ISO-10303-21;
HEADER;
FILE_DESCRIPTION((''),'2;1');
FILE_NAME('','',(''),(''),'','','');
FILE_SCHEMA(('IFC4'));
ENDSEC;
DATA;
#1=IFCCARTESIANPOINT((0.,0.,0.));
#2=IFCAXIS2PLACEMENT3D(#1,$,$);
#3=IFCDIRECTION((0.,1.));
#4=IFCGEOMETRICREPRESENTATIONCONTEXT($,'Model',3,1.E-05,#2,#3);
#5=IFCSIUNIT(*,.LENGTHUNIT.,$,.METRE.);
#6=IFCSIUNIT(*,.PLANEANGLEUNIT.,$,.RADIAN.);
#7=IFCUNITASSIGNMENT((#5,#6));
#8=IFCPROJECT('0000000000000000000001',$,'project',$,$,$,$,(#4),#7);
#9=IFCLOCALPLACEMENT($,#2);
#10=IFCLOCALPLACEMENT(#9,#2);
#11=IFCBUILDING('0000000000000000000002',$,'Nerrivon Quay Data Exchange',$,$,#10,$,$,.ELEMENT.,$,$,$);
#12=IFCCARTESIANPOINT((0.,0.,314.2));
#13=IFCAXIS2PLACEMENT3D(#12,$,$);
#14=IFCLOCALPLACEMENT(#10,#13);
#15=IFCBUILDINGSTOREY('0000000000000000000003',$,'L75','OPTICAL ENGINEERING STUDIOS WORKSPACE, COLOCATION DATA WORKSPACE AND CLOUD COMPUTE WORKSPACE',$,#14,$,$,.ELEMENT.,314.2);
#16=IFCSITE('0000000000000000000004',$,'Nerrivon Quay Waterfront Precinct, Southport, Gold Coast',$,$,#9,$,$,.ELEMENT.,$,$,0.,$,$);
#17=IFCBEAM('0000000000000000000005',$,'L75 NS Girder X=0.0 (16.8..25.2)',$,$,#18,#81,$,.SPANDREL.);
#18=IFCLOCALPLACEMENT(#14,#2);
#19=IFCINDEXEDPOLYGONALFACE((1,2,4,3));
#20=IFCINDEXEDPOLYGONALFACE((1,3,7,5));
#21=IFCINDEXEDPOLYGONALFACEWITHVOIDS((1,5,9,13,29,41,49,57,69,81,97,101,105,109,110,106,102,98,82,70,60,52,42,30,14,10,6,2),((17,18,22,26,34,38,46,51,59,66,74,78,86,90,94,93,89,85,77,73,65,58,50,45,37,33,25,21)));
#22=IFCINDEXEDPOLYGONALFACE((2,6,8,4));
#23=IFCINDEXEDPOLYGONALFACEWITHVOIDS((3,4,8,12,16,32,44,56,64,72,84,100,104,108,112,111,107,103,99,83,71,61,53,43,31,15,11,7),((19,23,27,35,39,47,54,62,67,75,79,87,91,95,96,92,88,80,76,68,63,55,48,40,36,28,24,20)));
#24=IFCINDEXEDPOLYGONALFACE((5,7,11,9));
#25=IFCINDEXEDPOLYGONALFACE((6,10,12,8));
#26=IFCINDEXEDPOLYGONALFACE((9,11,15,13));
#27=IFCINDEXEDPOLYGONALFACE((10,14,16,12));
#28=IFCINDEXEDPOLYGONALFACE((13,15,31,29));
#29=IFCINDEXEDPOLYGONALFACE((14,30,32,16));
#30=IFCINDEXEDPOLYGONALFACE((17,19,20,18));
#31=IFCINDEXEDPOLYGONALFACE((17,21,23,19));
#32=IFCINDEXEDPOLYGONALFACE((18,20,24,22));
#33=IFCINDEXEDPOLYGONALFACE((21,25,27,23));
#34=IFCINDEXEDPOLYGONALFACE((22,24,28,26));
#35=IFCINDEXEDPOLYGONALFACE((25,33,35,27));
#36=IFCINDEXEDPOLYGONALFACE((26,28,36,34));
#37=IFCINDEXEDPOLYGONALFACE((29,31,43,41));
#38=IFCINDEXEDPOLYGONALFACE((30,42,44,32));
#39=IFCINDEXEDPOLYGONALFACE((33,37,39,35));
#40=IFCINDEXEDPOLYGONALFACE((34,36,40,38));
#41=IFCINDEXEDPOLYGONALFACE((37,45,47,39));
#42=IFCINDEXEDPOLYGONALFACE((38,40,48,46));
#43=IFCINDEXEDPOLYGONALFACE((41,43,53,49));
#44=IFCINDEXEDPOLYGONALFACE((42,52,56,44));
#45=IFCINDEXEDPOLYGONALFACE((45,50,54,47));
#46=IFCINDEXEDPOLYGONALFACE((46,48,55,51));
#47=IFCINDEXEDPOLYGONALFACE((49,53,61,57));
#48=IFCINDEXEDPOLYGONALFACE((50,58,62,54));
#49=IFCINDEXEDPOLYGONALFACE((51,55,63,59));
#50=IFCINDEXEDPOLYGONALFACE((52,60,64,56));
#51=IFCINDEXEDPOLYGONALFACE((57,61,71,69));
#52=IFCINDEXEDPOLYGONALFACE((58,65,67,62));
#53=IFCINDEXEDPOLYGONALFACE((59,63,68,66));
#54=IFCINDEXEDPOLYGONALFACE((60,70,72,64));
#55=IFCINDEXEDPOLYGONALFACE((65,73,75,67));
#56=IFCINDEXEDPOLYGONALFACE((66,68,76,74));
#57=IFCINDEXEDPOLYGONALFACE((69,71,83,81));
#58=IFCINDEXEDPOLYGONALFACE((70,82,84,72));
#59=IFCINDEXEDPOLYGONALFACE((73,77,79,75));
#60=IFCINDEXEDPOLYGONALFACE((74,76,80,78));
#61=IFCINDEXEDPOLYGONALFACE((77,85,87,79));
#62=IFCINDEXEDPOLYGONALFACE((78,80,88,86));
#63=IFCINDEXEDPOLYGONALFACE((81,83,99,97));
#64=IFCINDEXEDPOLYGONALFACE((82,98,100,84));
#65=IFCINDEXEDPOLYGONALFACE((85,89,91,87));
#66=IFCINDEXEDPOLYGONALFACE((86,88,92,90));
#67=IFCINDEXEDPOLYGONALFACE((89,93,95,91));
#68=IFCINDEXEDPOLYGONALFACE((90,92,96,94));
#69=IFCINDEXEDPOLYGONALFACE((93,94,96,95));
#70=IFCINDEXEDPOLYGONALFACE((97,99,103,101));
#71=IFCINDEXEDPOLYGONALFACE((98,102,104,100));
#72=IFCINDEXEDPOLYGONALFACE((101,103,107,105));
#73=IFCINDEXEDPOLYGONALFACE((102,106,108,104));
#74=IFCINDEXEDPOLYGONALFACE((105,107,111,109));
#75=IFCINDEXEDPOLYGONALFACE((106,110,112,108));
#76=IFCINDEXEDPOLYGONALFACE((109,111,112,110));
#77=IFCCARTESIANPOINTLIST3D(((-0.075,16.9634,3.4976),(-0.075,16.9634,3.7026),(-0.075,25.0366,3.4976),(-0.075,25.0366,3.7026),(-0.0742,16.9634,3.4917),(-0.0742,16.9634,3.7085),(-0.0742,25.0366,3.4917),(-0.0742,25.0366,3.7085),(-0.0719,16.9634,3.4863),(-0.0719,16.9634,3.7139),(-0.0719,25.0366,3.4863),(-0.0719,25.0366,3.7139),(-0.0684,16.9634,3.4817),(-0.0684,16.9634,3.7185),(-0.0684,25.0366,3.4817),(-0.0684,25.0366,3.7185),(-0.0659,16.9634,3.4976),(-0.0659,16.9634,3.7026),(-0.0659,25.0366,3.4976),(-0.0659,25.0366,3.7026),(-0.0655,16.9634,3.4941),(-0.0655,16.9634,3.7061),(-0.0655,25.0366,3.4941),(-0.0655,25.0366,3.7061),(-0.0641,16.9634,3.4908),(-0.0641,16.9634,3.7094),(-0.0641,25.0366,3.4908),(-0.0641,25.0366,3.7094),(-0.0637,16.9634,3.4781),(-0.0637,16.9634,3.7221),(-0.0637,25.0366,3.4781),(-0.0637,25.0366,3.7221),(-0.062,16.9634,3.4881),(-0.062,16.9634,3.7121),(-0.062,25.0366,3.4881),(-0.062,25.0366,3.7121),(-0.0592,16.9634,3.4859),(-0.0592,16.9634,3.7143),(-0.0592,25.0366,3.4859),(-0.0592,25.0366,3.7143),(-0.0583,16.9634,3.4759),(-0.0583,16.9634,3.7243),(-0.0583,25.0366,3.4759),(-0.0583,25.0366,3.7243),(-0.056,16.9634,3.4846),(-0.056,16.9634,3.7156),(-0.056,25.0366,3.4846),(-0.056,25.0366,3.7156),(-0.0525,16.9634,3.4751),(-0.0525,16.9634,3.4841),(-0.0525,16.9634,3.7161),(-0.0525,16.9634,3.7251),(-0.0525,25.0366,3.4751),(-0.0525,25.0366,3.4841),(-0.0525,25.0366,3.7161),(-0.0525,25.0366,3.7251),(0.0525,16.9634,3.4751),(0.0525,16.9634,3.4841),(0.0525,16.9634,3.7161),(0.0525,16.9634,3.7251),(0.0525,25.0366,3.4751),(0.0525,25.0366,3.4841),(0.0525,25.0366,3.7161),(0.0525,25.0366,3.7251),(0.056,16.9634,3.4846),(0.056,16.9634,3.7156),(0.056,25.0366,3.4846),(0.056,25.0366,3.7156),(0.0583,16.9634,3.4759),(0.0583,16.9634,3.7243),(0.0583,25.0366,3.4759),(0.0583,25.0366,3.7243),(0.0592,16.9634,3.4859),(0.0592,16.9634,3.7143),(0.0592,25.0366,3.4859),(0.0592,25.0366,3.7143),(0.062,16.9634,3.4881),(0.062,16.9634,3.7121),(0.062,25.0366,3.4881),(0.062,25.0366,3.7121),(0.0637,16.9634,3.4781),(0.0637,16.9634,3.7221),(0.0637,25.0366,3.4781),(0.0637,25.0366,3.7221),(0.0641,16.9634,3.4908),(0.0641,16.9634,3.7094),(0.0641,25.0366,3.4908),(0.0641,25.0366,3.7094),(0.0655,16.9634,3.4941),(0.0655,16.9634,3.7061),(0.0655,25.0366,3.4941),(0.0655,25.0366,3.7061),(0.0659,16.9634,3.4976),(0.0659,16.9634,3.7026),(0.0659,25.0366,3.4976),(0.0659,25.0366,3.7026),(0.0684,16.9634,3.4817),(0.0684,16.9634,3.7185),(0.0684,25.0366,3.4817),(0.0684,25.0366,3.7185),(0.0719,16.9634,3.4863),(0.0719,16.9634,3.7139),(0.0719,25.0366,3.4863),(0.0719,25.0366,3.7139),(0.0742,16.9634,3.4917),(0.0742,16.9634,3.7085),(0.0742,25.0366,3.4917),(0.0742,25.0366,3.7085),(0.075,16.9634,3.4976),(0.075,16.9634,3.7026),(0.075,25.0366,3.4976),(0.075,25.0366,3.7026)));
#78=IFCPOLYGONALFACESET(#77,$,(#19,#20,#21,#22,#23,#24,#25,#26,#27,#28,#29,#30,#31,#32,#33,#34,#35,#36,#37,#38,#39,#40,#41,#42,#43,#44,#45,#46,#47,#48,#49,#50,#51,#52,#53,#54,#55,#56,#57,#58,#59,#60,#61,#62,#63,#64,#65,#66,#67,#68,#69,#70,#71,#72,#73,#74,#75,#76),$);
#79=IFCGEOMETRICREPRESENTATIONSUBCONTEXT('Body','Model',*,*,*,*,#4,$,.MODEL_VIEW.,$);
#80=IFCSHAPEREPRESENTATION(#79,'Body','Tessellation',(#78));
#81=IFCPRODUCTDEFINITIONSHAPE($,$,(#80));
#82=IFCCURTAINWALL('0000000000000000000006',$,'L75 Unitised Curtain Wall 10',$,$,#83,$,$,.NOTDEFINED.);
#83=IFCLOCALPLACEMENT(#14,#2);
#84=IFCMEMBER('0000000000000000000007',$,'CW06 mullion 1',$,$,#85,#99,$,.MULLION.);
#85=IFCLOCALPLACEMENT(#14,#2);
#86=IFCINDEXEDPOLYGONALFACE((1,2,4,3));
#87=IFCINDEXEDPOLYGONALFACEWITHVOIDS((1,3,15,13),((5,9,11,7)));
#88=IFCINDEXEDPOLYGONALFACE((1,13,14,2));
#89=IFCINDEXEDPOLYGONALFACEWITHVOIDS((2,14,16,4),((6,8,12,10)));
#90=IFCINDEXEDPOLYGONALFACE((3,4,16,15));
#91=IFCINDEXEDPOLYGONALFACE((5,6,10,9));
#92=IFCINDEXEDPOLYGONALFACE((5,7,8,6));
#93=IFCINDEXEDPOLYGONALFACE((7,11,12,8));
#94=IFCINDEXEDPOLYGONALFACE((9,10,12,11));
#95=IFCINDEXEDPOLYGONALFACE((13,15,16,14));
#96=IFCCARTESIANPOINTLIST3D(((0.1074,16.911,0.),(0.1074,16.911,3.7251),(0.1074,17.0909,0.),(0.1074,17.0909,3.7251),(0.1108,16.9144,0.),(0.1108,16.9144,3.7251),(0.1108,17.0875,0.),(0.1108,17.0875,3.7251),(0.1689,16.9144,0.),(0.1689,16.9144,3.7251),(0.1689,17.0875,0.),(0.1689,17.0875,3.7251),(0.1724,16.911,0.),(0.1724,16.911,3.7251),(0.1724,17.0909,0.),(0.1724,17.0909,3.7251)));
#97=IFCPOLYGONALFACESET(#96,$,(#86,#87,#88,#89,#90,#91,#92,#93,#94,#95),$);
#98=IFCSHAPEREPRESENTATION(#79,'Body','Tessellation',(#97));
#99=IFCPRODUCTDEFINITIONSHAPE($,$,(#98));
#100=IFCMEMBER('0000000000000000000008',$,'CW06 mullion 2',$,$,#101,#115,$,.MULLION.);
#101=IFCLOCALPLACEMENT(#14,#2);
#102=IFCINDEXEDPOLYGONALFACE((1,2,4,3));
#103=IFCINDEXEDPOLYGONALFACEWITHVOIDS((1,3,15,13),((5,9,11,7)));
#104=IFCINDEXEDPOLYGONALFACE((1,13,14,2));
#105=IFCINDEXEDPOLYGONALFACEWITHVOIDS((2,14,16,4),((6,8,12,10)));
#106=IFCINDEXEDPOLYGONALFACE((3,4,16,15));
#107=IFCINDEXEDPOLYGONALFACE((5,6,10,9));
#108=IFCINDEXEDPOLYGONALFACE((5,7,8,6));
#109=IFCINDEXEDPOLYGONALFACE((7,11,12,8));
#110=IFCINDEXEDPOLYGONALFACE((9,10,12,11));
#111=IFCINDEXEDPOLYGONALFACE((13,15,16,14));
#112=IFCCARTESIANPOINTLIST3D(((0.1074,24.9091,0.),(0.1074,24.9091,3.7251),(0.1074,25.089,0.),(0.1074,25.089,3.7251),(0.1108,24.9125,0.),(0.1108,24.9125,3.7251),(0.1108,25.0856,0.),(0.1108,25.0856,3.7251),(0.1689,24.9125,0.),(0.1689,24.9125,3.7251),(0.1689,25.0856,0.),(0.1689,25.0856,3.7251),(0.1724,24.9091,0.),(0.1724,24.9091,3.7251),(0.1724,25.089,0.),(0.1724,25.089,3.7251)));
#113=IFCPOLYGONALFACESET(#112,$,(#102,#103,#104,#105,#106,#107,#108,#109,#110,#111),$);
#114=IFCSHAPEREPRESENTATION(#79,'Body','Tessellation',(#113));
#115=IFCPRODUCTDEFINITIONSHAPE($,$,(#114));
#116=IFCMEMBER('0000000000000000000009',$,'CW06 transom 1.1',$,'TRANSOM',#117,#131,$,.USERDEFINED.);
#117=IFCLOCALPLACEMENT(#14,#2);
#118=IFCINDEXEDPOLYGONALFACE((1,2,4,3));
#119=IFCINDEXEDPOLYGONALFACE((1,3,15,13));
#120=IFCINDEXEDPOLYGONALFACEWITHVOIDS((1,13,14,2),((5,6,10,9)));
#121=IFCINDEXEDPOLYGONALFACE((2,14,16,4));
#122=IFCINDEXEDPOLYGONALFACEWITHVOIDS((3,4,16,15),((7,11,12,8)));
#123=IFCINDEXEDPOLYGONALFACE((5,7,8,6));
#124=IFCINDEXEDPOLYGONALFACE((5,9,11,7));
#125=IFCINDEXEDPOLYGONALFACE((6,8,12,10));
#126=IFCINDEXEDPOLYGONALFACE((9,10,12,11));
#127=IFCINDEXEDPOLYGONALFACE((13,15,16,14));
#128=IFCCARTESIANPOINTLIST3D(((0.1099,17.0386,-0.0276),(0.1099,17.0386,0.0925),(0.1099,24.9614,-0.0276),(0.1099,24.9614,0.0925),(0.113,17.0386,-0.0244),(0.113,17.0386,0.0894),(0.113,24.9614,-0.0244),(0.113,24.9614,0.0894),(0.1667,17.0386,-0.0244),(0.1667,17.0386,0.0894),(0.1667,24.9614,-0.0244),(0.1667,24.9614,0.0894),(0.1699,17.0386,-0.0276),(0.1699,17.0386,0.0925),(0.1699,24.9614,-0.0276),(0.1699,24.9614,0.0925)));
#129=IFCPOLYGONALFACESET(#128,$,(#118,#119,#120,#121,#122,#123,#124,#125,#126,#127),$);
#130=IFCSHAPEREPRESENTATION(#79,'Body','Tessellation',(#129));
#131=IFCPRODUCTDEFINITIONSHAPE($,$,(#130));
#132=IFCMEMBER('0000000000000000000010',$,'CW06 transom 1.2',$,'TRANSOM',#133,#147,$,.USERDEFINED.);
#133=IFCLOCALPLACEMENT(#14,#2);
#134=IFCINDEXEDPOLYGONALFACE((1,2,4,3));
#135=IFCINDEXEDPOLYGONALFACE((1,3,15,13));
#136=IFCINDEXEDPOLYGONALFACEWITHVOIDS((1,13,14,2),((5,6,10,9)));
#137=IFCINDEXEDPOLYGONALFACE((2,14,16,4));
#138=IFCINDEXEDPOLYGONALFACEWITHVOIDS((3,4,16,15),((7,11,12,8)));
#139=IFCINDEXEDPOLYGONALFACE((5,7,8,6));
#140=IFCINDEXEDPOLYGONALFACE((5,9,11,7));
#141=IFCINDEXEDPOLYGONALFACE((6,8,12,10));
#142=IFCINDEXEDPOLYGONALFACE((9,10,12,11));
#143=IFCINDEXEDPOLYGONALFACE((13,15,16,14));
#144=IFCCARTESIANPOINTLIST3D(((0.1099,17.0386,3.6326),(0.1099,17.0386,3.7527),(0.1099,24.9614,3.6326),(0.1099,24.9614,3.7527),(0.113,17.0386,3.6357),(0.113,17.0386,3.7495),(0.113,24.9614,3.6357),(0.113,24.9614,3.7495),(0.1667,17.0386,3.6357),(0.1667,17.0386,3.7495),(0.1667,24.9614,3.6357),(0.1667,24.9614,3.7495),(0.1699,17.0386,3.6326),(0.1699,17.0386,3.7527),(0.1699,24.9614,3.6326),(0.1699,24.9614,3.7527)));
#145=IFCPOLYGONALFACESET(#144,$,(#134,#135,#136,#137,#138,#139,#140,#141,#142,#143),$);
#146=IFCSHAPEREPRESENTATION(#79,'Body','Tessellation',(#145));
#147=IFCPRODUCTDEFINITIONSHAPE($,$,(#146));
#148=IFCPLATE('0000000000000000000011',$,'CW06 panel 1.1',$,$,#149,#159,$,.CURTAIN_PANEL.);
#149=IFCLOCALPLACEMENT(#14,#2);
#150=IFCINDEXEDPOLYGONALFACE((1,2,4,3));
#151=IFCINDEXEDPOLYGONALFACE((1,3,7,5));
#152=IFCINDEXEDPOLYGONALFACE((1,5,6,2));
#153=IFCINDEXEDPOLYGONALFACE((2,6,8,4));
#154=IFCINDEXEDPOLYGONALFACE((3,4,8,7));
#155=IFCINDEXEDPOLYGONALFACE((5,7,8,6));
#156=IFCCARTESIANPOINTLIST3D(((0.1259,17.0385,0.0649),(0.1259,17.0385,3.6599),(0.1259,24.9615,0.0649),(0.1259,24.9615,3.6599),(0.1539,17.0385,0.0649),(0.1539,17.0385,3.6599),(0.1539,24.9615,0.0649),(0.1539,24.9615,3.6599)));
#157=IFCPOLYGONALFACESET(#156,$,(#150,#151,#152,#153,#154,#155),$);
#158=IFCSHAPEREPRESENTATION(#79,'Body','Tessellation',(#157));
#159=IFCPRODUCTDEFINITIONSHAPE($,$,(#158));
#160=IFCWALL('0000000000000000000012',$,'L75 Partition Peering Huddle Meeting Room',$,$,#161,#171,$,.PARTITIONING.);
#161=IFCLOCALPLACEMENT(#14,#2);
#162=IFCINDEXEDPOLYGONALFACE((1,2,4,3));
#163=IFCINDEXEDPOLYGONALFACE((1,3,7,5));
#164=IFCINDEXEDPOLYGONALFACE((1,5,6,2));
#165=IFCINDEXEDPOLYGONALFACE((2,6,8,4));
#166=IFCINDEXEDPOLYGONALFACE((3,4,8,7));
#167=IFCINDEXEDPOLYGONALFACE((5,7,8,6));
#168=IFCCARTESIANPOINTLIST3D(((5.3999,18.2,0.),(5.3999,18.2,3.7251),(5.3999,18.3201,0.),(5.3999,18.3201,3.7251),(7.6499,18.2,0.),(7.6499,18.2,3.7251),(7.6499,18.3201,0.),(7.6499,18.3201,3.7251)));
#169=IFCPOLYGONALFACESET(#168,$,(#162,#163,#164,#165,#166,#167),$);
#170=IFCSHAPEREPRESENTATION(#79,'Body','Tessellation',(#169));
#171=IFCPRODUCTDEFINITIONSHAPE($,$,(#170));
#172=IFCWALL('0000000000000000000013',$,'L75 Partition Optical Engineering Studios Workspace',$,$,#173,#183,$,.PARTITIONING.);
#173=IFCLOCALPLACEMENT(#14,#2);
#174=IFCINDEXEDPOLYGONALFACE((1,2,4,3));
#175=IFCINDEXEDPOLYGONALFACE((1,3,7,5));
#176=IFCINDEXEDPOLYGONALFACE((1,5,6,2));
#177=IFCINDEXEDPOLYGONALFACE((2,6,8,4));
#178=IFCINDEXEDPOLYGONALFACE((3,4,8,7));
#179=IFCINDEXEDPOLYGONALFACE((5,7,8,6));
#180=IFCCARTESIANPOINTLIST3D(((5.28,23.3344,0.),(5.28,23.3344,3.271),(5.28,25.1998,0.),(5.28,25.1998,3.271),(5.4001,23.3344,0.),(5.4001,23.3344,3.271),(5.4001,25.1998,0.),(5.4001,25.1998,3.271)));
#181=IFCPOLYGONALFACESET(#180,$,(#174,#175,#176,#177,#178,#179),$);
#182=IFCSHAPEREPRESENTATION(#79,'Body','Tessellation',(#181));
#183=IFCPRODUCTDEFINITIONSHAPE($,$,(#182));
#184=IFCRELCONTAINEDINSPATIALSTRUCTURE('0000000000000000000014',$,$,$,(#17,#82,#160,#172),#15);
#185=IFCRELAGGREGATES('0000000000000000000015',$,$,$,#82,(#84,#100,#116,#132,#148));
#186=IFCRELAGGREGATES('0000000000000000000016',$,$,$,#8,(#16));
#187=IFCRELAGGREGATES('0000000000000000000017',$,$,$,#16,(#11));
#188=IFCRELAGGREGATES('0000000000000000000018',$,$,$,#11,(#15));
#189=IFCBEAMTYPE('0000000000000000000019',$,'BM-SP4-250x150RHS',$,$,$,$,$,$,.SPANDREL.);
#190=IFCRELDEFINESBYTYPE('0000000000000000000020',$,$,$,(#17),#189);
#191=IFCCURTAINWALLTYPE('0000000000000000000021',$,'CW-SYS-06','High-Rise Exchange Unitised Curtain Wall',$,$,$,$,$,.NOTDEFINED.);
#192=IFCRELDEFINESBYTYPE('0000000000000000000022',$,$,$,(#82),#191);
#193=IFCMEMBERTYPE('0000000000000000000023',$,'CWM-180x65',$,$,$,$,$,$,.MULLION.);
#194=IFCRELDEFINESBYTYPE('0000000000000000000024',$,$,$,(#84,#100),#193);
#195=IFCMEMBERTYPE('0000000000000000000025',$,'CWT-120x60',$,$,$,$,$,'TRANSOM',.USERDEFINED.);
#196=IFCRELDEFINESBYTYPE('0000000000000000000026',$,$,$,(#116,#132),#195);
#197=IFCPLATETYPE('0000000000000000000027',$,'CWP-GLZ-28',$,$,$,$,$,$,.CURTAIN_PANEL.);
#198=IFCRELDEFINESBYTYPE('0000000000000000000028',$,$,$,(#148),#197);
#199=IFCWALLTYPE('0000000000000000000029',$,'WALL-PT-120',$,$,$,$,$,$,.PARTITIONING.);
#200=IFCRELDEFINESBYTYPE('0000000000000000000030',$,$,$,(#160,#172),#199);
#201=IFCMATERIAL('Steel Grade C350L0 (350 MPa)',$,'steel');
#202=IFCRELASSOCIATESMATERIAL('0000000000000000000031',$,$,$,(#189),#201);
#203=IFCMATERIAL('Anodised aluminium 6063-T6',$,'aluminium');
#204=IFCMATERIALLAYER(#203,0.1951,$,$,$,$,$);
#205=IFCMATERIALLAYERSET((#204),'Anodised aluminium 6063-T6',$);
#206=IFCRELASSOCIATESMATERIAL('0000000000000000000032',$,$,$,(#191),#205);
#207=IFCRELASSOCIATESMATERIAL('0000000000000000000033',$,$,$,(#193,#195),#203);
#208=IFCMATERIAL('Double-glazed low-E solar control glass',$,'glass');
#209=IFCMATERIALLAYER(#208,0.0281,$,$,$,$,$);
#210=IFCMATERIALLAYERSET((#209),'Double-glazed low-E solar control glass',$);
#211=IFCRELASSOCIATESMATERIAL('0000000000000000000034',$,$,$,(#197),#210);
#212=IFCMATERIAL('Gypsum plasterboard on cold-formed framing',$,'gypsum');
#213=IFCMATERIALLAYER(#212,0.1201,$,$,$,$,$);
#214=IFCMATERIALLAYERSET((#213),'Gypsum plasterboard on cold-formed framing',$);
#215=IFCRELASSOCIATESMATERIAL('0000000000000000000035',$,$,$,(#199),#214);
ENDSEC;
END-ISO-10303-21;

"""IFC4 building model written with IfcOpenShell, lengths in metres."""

from ifc_helpers import new_model, si_unit, direction, frame, frame_2d, origin, origin_2d, place, context, subcontext, project, spatial, rectangle, hollow_rectangle, extrude, material, layer, layer_set, material_profile, profile_set, type_object, element, aggregate, save


model = new_model("IFC4")

# Units and contexts
model_context = context("Model", 3, precision=1e-05, world=origin(), true_north=direction((0.0, 1.0)))
body_context = subcontext(model_context, "Body", "Model", "MODEL_VIEW")
ifc_project = project(units=[si_unit("LENGTHUNIT", "METRE"), si_unit("PLANEANGLEUNIT", "RADIAN")], contexts=[model_context])

# Site, building, storey
site_placement = place(None, origin())
site = spatial("IfcSite", under=ifc_project, at=site_placement, Name="Nerrivon Quay Waterfront Precinct, Southport, Gold Coast", CompositionType="ELEMENT", RefElevation=0.0)
building_placement = place(site_placement, origin())
building = spatial("IfcBuilding", under=site, at=building_placement, Name="Nerrivon Quay Data Exchange", CompositionType="ELEMENT")
storey_placement = place(building_placement, frame((0.0, 0.0, 314.2)))
storey = spatial("IfcBuildingStorey", under=building, at=storey_placement, Name="L75", Description="OPTICAL ENGINEERING STUDIOS WORKSPACE, COLOCATION DATA WORKSPACE AND CLOUD COMPUTE WORKSPACE", CompositionType="ELEMENT", Elevation=314.2)

# Beam
ifc_material_1 = material(Name="Steel Grade C350L0 (350 MPa)", Category="steel")
ifc_material_profile_1 = material_profile(ifc_material_1, hollow_rectangle(XDim=0.1499, YDim=0.25, WallThickness=0.009, InnerFilletRadius=0.0134, OuterFilletRadius=0.0225, at=origin_2d()), Name="250x150x9.0RHS")
ifc_profile_set_1 = profile_set([ifc_material_profile_1], Name="Steel Grade C350L0 (350 MPa)")
beam_type_1 = type_object("IfcBeamType", Name="BM-SP4-250x150RHS", PredefinedType="SPANDREL", material=ifc_profile_set_1)
beam_1_placement = place(storey_placement, frame((0.0, 16.9634, 3.6001), z_axis=(0.0, 1.0, 0.0), x_axis=(-1.0, 0.0, 0.0)))
element("IfcBeam", 1, at=beam_1_placement, inside=storey, type_object=beam_type_1, Name="L75 NS Girder X=0.0 (16.8..25.2)", PredefinedType="SPANDREL", context=body_context, shape_type="SweptSolid", body=[
    extrude(hollow_rectangle(XDim=0.1499, YDim=0.25, WallThickness=0.009, InnerFilletRadius=0.0134, OuterFilletRadius=0.0225, at=origin_2d()), origin(), (0.0, 0.0, 1.0), 8.0732),
])

# Curtain wall, members, plate
ifc_material_2 = material(Name="Anodised aluminium 6063-T6", Category="aluminium")
ifc_layer_1 = layer(ifc_material_2, 0.1951)
ifc_layer_set_1 = layer_set([ifc_layer_1], Name="Anodised aluminium 6063-T6")
curtain_wall_type = type_object("IfcCurtainWallType", Name="CW-SYS-06", Description="High-Rise Exchange Unitised Curtain Wall", PredefinedType="NOTDEFINED", material=ifc_layer_set_1)
curtain_wall_placement = place(storey_placement, origin())
curtain_wall = element("IfcCurtainWall", 2, at=curtain_wall_placement, inside=storey, type_object=curtain_wall_type, Name="L75 Unitised Curtain Wall 10", PredefinedType="NOTDEFINED")
ifc_material_profile_2 = material_profile(ifc_material_2, hollow_rectangle(XDim=0.0649, YDim=0.1799, WallThickness=0.0034, at=origin_2d()), Name="ALU-MULL-180x65")
ifc_profile_set_2 = profile_set([ifc_material_profile_2], Name="Anodised aluminium 6063-T6")
member_type_1 = type_object("IfcMemberType", Name="CWM-180x65", PredefinedType="MULLION", material=ifc_profile_set_2)
member_1_placement = place(storey_placement, frame((0.1399, 17.001, 0.0), z_axis=(0.0, 0.0, 1.0), x_axis=(-1.0, 0.0, 0.0)))
member_1 = element("IfcMember", 3, at=member_1_placement, type_object=member_type_1, Name="CW06 mullion 1", PredefinedType="MULLION", context=body_context, shape_type="SweptSolid", body=[
    extrude(hollow_rectangle(XDim=0.0649, YDim=0.1799, WallThickness=0.0034, at=origin_2d()), origin(), (0.0, 0.0, 1.0), 3.7251),
])
member_2_placement = place(storey_placement, frame((0.1399, 24.999, 0.0), z_axis=(0.0, 0.0, 1.0), x_axis=(-1.0, 0.0, 0.0)))
member_2 = element("IfcMember", 4, at=member_2_placement, type_object=member_type_1, Name="CW06 mullion 2", PredefinedType="MULLION", context=body_context, shape_type="SweptSolid", body=[
    extrude(hollow_rectangle(XDim=0.0649, YDim=0.1799, WallThickness=0.0034, at=origin_2d()), origin(), (0.0, 0.0, 1.0), 3.7251),
])
ifc_material_profile_3 = material_profile(ifc_material_2, hollow_rectangle(XDim=0.0601, YDim=0.1201, WallThickness=0.0032, at=origin_2d()), Name="ALU-TRAN-120x60")
ifc_profile_set_3 = profile_set([ifc_material_profile_3], Name="Anodised aluminium 6063-T6")
member_type_2 = type_object("IfcMemberType", Name="CWT-120x60", ElementType="TRANSOM", PredefinedType="USERDEFINED", material=ifc_profile_set_3)
member_3_placement = place(storey_placement, frame((0.1399, 17.0386, 0.0325), z_axis=(0.0, 1.0, 0.0), x_axis=(-1.0, 0.0, 0.0)))
member_3 = element("IfcMember", 5, at=member_3_placement, type_object=member_type_2, Name="CW06 transom 1.1", ObjectType="TRANSOM", PredefinedType="USERDEFINED", context=body_context, shape_type="SweptSolid", body=[
    extrude(hollow_rectangle(XDim=0.0601, YDim=0.1201, WallThickness=0.0032, at=origin_2d()), origin(), (0.0, 0.0, 1.0), 7.9229),
])
member_4_placement = place(storey_placement, frame((0.1399, 17.0386, 3.6926), z_axis=(0.0, 1.0, 0.0), x_axis=(-1.0, 0.0, 0.0)))
member_4 = element("IfcMember", 6, at=member_4_placement, type_object=member_type_2, Name="CW06 transom 1.2", ObjectType="TRANSOM", PredefinedType="USERDEFINED", context=body_context, shape_type="SweptSolid", body=[
    extrude(hollow_rectangle(XDim=0.0601, YDim=0.1201, WallThickness=0.0032, at=origin_2d()), origin(), (0.0, 0.0, 1.0), 7.9229),
])
ifc_material_3 = material(Name="Double-glazed low-E solar control glass", Category="glass")
ifc_layer_2 = layer(ifc_material_3, 0.0281)
ifc_layer_set_2 = layer_set([ifc_layer_2], Name="Double-glazed low-E solar control glass")
plate_type = type_object("IfcPlateType", Name="CWP-GLZ-28", PredefinedType="CURTAIN_PANEL", material=ifc_layer_set_2)
plate_placement = place(storey_placement, frame((0.1399, 21.0, 0.0649), z_axis=(0.0, 0.0, 1.0), x_axis=(0.0, 1.0, 0.0)))
plate = element("IfcPlate", 7, at=plate_placement, type_object=plate_type, Name="CW06 panel 1.1", PredefinedType="CURTAIN_PANEL", context=body_context, shape_type="SweptSolid", body=[
    extrude(rectangle(XDim=7.9231, YDim=0.0281, at=origin_2d()), origin(), (0.0, 0.0, 1.0), 3.595),
])
aggregate(curtain_wall, [member_1, member_2, member_3, member_4, plate])

# Walls
ifc_material_4 = material(Name="Gypsum plasterboard on cold-formed framing", Category="gypsum")
ifc_layer_3 = layer(ifc_material_4, 0.1201)
ifc_layer_set_3 = layer_set([ifc_layer_3], Name="Gypsum plasterboard on cold-formed framing")
wall_type_1 = type_object("IfcWallType", Name="WALL-PT-120", PredefinedType="PARTITIONING", material=ifc_layer_set_3)
wall_1_placement = place(storey_placement, frame((5.3999, 18.26, 0.0), z_axis=(0.0, 0.0, 1.0), x_axis=(1.0, 0.0, 0.0)))
element("IfcWall", 8, at=wall_1_placement, inside=storey, type_object=wall_type_1, Name="L75 Partition Peering Huddle Meeting Room", PredefinedType="PARTITIONING", context=body_context, shape_type="SweptSolid", body=[
    extrude(rectangle(XDim=2.25, YDim=0.1201, at=frame_2d((1.125, 0.0))), origin(), (0.0, 0.0, 1.0), 3.7251),
])
wall_2_placement = place(storey_placement, frame((5.3401, 23.3345, 0.0), z_axis=(0.0, 0.0, 1.0), x_axis=(0.0, 1.0, 0.0)))
element("IfcWall", 9, at=wall_2_placement, inside=storey, type_object=wall_type_1, Name="L75 Partition Optical Engineering Studios Workspace", PredefinedType="PARTITIONING", context=body_context, shape_type="SweptSolid", body=[
    extrude(rectangle(XDim=1.8655, YDim=0.1201, at=frame_2d((0.9326, 0.0))), origin(), (0.0, 0.0, 1.0), 3.271),
])

save(model, "model.ifc")
